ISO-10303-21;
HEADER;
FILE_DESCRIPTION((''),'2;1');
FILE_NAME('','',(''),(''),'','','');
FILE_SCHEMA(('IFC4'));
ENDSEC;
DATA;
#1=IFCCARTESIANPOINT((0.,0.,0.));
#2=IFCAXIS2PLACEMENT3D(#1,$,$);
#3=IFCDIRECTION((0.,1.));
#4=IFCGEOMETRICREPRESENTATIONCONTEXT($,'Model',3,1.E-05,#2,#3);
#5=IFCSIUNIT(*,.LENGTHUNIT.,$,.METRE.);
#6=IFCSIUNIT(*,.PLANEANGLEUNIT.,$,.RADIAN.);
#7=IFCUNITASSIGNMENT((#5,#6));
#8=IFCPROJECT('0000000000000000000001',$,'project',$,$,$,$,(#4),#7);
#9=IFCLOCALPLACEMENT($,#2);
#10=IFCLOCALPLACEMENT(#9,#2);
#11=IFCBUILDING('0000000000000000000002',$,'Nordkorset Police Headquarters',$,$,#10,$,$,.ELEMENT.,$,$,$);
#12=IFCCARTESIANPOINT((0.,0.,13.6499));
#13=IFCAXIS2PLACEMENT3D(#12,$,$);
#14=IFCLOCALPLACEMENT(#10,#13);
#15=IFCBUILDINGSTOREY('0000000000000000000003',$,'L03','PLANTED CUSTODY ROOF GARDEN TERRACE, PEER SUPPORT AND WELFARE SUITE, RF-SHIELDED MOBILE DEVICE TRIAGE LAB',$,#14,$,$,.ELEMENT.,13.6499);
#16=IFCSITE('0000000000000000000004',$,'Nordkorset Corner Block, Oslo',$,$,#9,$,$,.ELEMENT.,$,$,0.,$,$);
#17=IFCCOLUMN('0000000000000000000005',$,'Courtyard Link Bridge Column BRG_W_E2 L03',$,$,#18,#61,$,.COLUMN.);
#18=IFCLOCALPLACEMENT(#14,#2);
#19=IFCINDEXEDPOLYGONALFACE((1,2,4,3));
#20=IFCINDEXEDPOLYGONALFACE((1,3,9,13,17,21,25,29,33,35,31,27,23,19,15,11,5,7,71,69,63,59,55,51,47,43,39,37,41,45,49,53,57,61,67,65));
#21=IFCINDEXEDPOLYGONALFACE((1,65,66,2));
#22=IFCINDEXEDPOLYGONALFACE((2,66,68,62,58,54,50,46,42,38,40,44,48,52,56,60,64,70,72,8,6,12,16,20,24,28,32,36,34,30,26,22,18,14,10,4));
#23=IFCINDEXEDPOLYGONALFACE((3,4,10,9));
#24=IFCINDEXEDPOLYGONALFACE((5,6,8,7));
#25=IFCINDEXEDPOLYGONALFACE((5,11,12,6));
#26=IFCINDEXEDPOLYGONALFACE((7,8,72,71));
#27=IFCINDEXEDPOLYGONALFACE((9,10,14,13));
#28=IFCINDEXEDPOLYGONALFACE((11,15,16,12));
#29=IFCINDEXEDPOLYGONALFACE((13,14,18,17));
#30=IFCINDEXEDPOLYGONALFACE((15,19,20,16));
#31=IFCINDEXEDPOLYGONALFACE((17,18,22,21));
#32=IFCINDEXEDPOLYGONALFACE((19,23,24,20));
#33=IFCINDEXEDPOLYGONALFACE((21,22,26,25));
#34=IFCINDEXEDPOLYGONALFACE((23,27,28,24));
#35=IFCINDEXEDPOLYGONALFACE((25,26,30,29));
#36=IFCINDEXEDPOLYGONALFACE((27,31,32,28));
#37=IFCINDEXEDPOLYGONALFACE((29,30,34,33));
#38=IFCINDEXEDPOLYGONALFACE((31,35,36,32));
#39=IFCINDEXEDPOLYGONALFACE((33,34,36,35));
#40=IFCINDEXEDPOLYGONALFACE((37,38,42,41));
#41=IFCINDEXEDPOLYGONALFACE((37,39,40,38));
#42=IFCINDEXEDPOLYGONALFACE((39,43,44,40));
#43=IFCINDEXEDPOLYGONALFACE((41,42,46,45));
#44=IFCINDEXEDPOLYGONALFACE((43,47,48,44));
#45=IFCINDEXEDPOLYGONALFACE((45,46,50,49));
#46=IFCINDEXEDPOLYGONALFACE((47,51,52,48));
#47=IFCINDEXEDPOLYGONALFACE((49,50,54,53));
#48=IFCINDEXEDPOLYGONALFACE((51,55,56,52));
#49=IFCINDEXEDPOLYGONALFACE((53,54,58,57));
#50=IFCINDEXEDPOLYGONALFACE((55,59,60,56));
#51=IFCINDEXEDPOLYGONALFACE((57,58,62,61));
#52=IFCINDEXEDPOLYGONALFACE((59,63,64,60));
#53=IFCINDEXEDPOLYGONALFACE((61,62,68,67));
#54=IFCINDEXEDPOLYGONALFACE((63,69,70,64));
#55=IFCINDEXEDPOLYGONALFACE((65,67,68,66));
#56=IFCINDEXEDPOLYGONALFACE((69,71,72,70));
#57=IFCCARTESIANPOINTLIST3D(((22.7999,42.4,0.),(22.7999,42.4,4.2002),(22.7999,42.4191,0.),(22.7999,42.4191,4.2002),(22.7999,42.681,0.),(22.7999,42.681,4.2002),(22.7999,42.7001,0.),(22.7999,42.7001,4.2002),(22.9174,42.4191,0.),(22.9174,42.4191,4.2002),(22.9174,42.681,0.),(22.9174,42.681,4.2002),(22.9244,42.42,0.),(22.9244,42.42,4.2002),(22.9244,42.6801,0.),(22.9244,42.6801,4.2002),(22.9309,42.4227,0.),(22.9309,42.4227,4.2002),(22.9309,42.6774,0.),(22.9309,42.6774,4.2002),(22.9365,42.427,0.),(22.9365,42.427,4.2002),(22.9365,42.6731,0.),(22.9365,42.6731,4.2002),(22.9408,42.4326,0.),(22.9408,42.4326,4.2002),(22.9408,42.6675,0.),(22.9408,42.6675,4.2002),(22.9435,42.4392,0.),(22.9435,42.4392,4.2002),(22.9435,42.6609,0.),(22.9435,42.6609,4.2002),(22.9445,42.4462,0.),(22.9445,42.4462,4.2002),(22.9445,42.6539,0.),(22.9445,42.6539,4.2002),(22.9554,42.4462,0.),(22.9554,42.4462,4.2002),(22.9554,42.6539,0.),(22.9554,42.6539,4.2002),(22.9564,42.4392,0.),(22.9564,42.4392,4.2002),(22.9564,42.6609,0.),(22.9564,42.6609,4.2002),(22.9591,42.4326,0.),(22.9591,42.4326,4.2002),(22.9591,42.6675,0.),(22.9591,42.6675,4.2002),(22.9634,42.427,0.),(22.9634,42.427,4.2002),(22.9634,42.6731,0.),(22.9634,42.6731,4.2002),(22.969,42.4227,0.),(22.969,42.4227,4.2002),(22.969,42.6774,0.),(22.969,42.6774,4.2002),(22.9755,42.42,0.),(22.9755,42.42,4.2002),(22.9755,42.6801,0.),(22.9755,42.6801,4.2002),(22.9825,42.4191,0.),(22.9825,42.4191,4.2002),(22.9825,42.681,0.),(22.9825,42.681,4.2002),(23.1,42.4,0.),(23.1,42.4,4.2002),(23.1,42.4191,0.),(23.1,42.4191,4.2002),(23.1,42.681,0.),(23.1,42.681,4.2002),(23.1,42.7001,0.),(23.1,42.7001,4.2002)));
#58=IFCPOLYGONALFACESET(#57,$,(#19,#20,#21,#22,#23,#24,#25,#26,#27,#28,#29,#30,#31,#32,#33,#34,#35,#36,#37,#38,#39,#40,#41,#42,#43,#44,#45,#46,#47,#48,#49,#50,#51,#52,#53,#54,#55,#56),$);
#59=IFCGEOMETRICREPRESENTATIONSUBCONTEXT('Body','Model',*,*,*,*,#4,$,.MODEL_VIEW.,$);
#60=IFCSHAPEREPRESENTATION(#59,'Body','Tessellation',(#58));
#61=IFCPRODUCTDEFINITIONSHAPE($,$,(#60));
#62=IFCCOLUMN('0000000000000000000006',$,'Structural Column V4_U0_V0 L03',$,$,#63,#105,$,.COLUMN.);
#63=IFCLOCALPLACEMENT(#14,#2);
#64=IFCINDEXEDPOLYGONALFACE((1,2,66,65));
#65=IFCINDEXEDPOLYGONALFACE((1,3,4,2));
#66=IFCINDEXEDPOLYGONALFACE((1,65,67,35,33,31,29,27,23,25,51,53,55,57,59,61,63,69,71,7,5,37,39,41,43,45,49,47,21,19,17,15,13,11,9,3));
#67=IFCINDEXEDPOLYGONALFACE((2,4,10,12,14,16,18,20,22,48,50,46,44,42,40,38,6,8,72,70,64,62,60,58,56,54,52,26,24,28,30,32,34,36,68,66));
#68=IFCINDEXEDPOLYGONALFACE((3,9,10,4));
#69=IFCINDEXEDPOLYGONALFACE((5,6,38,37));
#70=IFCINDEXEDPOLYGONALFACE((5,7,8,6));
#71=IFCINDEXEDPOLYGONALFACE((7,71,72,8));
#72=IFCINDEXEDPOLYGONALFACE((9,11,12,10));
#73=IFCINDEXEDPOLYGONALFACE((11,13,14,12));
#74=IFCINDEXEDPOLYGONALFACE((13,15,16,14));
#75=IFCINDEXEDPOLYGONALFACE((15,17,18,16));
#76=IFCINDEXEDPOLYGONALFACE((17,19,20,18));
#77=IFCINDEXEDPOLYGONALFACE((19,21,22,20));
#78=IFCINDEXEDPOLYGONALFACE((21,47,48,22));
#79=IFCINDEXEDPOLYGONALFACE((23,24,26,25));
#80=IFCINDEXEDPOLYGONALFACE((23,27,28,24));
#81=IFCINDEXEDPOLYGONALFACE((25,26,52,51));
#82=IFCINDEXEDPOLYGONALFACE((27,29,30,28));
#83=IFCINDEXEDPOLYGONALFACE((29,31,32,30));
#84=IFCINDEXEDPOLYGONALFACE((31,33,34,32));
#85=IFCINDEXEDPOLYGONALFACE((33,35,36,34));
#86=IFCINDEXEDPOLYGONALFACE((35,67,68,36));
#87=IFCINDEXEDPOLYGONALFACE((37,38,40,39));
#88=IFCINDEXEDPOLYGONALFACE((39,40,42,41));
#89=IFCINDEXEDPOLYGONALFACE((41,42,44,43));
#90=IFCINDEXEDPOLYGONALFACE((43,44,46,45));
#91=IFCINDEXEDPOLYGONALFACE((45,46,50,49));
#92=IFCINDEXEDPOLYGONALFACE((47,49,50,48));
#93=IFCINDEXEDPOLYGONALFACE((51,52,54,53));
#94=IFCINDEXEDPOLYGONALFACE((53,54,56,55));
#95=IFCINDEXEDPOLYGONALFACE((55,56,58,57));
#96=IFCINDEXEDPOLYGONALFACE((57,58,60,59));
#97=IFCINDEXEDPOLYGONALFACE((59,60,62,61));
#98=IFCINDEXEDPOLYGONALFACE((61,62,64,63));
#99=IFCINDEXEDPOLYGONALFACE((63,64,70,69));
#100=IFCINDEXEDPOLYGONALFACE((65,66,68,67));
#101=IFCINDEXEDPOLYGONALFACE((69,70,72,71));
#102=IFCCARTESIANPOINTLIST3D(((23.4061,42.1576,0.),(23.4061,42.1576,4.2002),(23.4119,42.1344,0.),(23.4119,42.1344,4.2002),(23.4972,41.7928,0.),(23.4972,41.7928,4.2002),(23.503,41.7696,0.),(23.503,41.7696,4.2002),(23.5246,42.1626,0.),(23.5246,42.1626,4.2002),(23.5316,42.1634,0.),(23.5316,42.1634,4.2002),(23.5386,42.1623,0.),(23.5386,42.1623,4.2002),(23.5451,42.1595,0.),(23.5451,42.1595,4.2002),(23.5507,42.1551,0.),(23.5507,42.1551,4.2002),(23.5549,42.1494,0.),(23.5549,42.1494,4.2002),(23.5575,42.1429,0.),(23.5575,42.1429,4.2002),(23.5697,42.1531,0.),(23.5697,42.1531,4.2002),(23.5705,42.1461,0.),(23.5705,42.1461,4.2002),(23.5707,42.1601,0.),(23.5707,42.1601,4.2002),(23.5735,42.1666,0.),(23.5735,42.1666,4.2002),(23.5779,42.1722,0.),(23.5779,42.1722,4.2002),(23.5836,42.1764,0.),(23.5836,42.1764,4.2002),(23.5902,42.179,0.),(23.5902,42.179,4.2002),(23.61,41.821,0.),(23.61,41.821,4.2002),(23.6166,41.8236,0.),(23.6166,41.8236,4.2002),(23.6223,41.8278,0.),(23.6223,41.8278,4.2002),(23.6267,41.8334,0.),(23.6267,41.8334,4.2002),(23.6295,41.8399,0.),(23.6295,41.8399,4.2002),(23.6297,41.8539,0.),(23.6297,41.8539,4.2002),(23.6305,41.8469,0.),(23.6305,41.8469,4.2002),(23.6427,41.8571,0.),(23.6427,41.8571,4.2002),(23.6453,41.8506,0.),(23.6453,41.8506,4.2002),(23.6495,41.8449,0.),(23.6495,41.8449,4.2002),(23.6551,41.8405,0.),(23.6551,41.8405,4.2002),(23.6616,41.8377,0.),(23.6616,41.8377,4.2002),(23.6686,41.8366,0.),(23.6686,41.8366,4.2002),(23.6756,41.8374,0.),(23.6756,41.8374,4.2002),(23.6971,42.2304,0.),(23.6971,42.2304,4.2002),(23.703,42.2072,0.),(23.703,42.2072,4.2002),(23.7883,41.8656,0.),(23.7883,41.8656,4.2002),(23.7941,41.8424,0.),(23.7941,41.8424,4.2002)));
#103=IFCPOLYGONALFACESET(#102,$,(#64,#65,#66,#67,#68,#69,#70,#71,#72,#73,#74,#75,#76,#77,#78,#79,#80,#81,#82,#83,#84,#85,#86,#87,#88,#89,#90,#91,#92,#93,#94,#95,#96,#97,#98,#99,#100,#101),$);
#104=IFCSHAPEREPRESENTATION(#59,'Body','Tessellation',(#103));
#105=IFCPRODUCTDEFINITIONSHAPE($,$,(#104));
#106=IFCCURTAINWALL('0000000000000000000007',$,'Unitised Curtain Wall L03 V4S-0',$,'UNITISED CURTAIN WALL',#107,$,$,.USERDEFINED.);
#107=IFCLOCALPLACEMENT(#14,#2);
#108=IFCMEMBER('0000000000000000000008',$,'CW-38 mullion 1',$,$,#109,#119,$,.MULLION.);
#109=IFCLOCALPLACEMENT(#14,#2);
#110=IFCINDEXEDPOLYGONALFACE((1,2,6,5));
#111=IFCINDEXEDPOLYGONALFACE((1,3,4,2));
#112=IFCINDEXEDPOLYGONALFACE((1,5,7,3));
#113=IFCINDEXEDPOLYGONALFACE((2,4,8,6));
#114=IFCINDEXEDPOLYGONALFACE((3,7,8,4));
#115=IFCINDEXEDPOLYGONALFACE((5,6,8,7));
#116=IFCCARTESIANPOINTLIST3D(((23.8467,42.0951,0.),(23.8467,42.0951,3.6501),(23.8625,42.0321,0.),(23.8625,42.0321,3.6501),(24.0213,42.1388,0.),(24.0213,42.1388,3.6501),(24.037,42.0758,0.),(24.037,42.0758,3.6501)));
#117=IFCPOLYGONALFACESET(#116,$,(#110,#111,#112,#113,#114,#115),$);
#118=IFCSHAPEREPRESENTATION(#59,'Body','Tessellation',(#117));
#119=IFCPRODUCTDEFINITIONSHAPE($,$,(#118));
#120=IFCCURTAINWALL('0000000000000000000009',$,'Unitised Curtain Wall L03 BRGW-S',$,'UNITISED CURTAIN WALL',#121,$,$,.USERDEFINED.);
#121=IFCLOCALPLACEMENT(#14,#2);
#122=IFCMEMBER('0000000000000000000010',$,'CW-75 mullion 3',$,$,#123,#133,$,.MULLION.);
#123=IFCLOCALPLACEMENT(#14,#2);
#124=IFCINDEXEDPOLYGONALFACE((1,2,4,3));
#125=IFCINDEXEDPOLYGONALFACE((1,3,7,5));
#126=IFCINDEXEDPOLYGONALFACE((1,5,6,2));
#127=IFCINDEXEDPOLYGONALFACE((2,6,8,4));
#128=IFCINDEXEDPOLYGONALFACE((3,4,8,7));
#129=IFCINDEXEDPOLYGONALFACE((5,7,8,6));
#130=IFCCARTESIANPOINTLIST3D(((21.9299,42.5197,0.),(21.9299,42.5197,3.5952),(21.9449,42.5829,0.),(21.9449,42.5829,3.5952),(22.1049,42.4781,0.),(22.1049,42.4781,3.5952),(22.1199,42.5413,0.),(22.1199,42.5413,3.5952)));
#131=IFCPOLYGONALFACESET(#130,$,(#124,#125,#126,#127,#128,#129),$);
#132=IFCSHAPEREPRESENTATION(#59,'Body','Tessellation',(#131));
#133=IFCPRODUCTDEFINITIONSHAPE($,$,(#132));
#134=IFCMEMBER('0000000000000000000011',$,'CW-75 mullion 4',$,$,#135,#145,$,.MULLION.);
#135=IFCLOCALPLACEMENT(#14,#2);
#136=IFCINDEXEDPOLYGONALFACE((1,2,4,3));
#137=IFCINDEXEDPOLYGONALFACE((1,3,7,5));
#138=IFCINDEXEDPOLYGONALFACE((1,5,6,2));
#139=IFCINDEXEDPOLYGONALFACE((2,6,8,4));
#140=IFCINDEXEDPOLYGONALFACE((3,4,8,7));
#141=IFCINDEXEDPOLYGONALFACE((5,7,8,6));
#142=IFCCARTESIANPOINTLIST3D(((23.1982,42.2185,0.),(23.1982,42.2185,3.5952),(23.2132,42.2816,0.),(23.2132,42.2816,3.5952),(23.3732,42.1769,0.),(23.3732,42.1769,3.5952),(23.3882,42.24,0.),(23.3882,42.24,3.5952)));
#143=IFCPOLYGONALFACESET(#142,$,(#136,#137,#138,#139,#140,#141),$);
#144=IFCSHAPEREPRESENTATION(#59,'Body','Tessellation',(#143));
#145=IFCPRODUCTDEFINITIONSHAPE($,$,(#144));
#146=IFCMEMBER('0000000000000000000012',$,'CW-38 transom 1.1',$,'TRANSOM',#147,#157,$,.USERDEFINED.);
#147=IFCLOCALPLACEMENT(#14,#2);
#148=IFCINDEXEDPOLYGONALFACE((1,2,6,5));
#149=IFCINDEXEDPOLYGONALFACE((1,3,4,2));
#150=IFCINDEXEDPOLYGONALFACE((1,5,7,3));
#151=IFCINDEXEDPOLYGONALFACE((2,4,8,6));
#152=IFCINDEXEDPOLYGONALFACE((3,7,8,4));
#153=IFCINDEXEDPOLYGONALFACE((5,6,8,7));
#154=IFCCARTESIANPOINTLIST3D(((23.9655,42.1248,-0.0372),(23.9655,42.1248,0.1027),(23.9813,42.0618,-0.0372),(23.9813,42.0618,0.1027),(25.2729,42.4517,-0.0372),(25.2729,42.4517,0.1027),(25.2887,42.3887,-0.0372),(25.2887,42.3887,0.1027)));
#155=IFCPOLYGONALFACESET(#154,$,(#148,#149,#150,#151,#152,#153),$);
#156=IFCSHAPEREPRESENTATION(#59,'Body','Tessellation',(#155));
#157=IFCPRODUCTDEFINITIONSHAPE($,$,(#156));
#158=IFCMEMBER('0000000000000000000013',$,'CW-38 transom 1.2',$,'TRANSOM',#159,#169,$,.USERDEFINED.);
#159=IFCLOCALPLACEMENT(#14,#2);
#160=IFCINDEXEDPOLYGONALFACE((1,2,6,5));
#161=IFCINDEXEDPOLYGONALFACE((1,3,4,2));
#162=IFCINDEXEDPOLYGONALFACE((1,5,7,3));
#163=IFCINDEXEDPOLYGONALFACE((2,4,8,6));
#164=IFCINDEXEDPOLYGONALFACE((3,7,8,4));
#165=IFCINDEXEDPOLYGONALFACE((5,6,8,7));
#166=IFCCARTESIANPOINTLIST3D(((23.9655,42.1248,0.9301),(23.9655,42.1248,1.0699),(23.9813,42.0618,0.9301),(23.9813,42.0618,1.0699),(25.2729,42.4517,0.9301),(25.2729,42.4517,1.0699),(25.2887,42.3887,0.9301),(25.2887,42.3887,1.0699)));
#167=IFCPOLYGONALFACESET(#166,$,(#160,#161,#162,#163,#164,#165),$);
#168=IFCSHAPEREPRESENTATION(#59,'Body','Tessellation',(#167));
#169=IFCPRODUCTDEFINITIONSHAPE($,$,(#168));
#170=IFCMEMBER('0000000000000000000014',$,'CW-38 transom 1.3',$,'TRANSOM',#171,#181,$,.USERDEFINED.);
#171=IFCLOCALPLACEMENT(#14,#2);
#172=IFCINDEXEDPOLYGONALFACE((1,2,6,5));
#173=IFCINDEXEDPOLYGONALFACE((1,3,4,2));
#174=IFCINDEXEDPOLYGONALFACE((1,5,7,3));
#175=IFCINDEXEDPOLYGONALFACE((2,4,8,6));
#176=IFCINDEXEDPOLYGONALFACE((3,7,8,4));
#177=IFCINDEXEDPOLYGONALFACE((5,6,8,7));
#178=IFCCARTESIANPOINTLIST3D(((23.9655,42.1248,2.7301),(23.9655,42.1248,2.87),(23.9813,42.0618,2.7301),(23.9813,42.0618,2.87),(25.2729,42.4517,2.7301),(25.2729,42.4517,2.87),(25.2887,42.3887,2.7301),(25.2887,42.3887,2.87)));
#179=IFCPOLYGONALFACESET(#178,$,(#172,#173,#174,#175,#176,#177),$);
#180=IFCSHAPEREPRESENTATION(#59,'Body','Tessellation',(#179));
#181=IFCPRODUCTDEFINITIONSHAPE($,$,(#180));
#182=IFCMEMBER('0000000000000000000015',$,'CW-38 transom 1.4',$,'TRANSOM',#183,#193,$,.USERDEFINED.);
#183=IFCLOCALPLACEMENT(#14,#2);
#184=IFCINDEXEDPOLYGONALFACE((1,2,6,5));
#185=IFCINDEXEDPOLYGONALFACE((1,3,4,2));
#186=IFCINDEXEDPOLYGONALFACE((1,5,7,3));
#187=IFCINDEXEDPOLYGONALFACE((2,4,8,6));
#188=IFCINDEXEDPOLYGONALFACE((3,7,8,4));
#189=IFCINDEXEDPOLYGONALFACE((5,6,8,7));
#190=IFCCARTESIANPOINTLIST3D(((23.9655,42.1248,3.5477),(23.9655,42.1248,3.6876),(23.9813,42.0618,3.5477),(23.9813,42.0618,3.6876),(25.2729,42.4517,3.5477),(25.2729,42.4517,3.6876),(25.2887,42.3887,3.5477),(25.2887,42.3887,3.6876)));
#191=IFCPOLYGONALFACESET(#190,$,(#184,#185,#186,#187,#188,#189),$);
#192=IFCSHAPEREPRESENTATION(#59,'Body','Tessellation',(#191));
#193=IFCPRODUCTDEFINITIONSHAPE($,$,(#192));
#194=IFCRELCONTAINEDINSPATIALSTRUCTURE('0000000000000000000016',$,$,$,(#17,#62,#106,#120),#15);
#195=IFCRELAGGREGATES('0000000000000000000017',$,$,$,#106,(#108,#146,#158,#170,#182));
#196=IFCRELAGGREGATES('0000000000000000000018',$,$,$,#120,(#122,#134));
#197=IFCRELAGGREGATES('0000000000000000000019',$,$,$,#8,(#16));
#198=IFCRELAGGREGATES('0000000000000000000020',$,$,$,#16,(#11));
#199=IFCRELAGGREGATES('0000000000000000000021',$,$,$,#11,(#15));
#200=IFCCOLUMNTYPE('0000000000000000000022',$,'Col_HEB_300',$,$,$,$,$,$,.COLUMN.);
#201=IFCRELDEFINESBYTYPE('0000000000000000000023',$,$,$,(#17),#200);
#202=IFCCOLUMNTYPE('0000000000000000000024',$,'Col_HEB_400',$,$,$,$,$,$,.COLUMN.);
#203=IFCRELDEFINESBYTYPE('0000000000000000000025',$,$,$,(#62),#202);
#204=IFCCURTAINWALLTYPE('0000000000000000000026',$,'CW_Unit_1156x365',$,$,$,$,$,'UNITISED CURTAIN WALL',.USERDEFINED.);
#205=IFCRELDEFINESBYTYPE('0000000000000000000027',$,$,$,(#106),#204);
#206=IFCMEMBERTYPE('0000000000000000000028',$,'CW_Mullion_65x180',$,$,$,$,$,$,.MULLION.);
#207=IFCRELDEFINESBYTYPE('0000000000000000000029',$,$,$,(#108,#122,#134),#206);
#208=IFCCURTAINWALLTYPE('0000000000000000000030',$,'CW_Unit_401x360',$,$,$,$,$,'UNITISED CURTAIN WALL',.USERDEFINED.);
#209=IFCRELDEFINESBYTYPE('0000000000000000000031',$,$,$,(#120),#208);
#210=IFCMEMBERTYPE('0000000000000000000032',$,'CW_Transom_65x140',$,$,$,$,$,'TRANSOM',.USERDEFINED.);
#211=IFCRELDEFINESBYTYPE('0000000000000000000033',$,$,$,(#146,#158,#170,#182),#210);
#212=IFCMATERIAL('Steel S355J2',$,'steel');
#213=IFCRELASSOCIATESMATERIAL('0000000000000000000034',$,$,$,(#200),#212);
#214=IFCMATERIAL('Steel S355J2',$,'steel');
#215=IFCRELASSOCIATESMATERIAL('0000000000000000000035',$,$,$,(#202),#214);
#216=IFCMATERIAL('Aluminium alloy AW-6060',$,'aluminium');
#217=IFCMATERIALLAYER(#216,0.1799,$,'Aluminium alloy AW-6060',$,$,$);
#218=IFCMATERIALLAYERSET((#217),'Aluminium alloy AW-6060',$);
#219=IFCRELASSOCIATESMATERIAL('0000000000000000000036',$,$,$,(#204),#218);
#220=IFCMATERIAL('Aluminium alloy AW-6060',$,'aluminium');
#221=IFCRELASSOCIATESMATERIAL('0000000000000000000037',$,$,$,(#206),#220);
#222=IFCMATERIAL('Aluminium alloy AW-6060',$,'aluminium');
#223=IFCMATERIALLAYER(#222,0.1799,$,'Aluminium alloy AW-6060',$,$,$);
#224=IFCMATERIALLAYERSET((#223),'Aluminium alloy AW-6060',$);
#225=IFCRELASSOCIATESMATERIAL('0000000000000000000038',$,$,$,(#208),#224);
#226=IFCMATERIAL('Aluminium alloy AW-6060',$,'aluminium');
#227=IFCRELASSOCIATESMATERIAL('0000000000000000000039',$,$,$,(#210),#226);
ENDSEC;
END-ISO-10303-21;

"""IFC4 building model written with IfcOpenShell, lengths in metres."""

from ifc_helpers import new_model, si_unit, direction, frame, origin, origin_2d, place, context, subcontext, project, spatial, rectangle, i_section, extrude, material, layer, layer_set, material_profile, profile_set, type_object, element, aggregate, save


model = new_model("IFC4")

# Units and contexts
model_context = context("Model", 3, precision=1e-05, world=origin(), true_north=direction((0.0, 1.0)))
body_context = subcontext(model_context, "Body", "Model", "MODEL_VIEW")
ifc_project = project(units=[si_unit("LENGTHUNIT", "METRE"), si_unit("PLANEANGLEUNIT", "RADIAN")], contexts=[model_context])

# Site, building, storey
site_placement = place(None, origin())
site = spatial("IfcSite", under=ifc_project, at=site_placement, Name="Nordkorset Corner Block, Oslo", CompositionType="ELEMENT", RefElevation=0.0)
building_placement = place(site_placement, origin())
building = spatial("IfcBuilding", under=site, at=building_placement, Name="Nordkorset Police Headquarters", CompositionType="ELEMENT")
storey_placement = place(building_placement, frame((0.0, 0.0, 13.6499)))
storey = spatial("IfcBuildingStorey", under=building, at=storey_placement, Name="L03", Description="PLANTED CUSTODY ROOF GARDEN TERRACE, PEER SUPPORT AND WELFARE SUITE, RF-SHIELDED MOBILE DEVICE TRIAGE LAB", CompositionType="ELEMENT", Elevation=13.6499)

# Columns
ifc_material_1 = material(Name="Steel S355J2", Category="steel")
ifc_material_profile_1 = material_profile(ifc_material_1, i_section(OverallWidth=0.3, OverallDepth=0.3, WebThickness=0.011, FlangeThickness=0.019, FilletRadius=0.0271, at=origin_2d()), Name="HEB 300")
ifc_profile_set_1 = profile_set([ifc_material_profile_1], Name="Steel S355J2")
column_type_1 = type_object("IfcColumnType", Name="Col_HEB_300", PredefinedType="COLUMN", material=ifc_profile_set_1)
column_1_placement = place(storey_placement, frame((22.95, 42.55, 0.0), z_axis=(0.0, 0.0, 1.0), x_axis=(1.0, 0.0, 0.0)))
element("IfcColumn", 1, at=column_1_placement, inside=storey, type_object=column_type_1, Name="Courtyard Link Bridge Column BRG_W_E2 L03", PredefinedType="COLUMN", context=body_context, shape_type="SweptSolid", body=[
    extrude(i_section(OverallWidth=0.3, OverallDepth=0.3, WebThickness=0.011, FlangeThickness=0.019, FilletRadius=0.0271, at=origin_2d()), origin(), (0.0, 0.0, 1.0), 4.2002),
])
ifc_material_2 = material(Name="Steel S355J2", Category="steel")
ifc_material_profile_2 = material_profile(ifc_material_2, i_section(OverallWidth=0.3, OverallDepth=0.3999, WebThickness=0.0134, FlangeThickness=0.0239, FilletRadius=0.0271, at=origin_2d()), Name="HEB 400")
ifc_profile_set_2 = profile_set([ifc_material_profile_2], Name="Steel S355J2")
column_type_2 = type_object("IfcColumnType", Name="Col_HEB_400", PredefinedType="COLUMN", material=ifc_profile_set_2)
column_2_placement = place(storey_placement, frame((23.6001, 42.0, 0.0), z_axis=(0.0, 0.0, 1.0), x_axis=(0.970143, 0.242536, 0.0)))
element("IfcColumn", 2, at=column_2_placement, inside=storey, type_object=column_type_2, Name="Structural Column V4_U0_V0 L03", PredefinedType="COLUMN", context=body_context, shape_type="SweptSolid", body=[
    extrude(i_section(OverallWidth=0.3, OverallDepth=0.3999, WebThickness=0.0134, FlangeThickness=0.0239, FilletRadius=0.0271, at=origin_2d()), origin(), (0.0, 0.0, 1.0), 4.2002),
])

# Curtain wall, member
ifc_material_3 = material(Name="Aluminium alloy AW-6060", Category="aluminium")
ifc_layer_1 = layer(ifc_material_3, 0.1799, Name="Aluminium alloy AW-6060")
ifc_layer_set_1 = layer_set([ifc_layer_1], Name="Aluminium alloy AW-6060")
curtain_wall_type_1 = type_object("IfcCurtainWallType", Name="CW_Unit_1156x365", ElementType="UNITISED CURTAIN WALL", PredefinedType="USERDEFINED", material=ifc_layer_set_1)
curtain_wall_1_placement = place(storey_placement, origin())
curtain_wall_1 = element("IfcCurtainWall", 3, at=curtain_wall_1_placement, inside=storey, type_object=curtain_wall_type_1, Name="Unitised Curtain Wall L03 V4S-0", ObjectType="UNITISED CURTAIN WALL", PredefinedType="USERDEFINED")
ifc_material_4 = material(Name="Aluminium alloy AW-6060", Category="aluminium")
ifc_material_profile_3 = material_profile(ifc_material_4, rectangle(XDim=0.0649, YDim=0.1799, at=origin_2d()), Name="ALU MULL 65x180")
ifc_profile_set_3 = profile_set([ifc_material_profile_3], Name="Aluminium alloy AW-6060")
member_type_1 = type_object("IfcMemberType", Name="CW_Mullion_65x180", PredefinedType="MULLION", material=ifc_profile_set_3)
member_1_placement = place(storey_placement, frame((23.9419, 42.0854, 0.0), z_axis=(0.0, 0.0, 1.0), x_axis=(-0.242536, 0.970143, 0.0)))
member_1 = element("IfcMember", 4, at=member_1_placement, type_object=member_type_1, Name="CW-38 mullion 1", PredefinedType="MULLION", context=body_context, shape_type="SweptSolid", body=[
    extrude(rectangle(XDim=0.0649, YDim=0.1799, at=origin_2d()), origin(), (0.0, 0.0, 1.0), 3.6501),
])

# Curtain wall, members
ifc_material_5 = material(Name="Aluminium alloy AW-6060", Category="aluminium")
ifc_layer_2 = layer(ifc_material_5, 0.1799, Name="Aluminium alloy AW-6060")
ifc_layer_set_2 = layer_set([ifc_layer_2], Name="Aluminium alloy AW-6060")
curtain_wall_type_2 = type_object("IfcCurtainWallType", Name="CW_Unit_401x360", ElementType="UNITISED CURTAIN WALL", PredefinedType="USERDEFINED", material=ifc_layer_set_2)
curtain_wall_2_placement = place(storey_placement, origin())
curtain_wall_2 = element("IfcCurtainWall", 5, at=curtain_wall_2_placement, inside=storey, type_object=curtain_wall_type_2, Name="Unitised Curtain Wall L03 BRGW-S", ObjectType="UNITISED CURTAIN WALL", PredefinedType="USERDEFINED")
member_2_placement = place(storey_placement, frame((22.0249, 42.5305, 0.0), z_axis=(0.0, 0.0, 1.0), x_axis=(0.231206, 0.972905, 0.0)))
member_2 = element("IfcMember", 6, at=member_2_placement, type_object=member_type_1, Name="CW-75 mullion 3", PredefinedType="MULLION", context=body_context, shape_type="SweptSolid", body=[
    extrude(rectangle(XDim=0.0649, YDim=0.1799, at=origin_2d()), origin(), (0.0, 0.0, 1.0), 3.5952),
])
member_3_placement = place(storey_placement, frame((23.2932, 42.2292, 0.0), z_axis=(0.0, 0.0, 1.0), x_axis=(0.231206, 0.972905, 0.0)))
member_3 = element("IfcMember", 7, at=member_3_placement, type_object=member_type_1, Name="CW-75 mullion 4", PredefinedType="MULLION", context=body_context, shape_type="SweptSolid", body=[
    extrude(rectangle(XDim=0.0649, YDim=0.1799, at=origin_2d()), origin(), (0.0, 0.0, 1.0), 3.5952),
])

# Members
ifc_material_6 = material(Name="Aluminium alloy AW-6060", Category="aluminium")
ifc_material_profile_4 = material_profile(ifc_material_6, rectangle(XDim=0.0649, YDim=0.1399, at=origin_2d()), Name="ALU TRAN 65x140")
ifc_profile_set_4 = profile_set([ifc_material_profile_4], Name="Aluminium alloy AW-6060")
member_type_2 = type_object("IfcMemberType", Name="CW_Transom_65x140", ElementType="TRANSOM", PredefinedType="USERDEFINED", material=ifc_profile_set_4)
member_4_placement = place(storey_placement, frame((23.9734, 42.0933, 0.0327), z_axis=(0.970132, 0.242578, 0.0), x_axis=(-0.242578, 0.970132, 0.0)))
member_4 = element("IfcMember", 8, at=member_4_placement, type_object=member_type_2, Name="CW-38 transom 1.1", ObjectType="TRANSOM", PredefinedType="USERDEFINED", context=body_context, shape_type="SweptSolid", body=[
    extrude(rectangle(XDim=0.0649, YDim=0.1399, at=origin_2d()), origin(), (0.0, 0.0, 1.0), 1.3477),
])
member_5_placement = place(storey_placement, frame((23.9734, 42.0933, 1.0), z_axis=(0.970132, 0.242578, 0.0), x_axis=(-0.242578, 0.970132, 0.0)))
member_5 = element("IfcMember", 9, at=member_5_placement, type_object=member_type_2, Name="CW-38 transom 1.2", ObjectType="TRANSOM", PredefinedType="USERDEFINED", context=body_context, shape_type="SweptSolid", body=[
    extrude(rectangle(XDim=0.0649, YDim=0.1399, at=origin_2d()), origin(), (0.0, 0.0, 1.0), 1.3477),
])
member_6_placement = place(storey_placement, frame((23.9734, 42.0933, 2.8), z_axis=(0.970132, 0.242578, 0.0), x_axis=(-0.242578, 0.970132, 0.0)))
member_6 = element("IfcMember", 10, at=member_6_placement, type_object=member_type_2, Name="CW-38 transom 1.3", ObjectType="TRANSOM", PredefinedType="USERDEFINED", context=body_context, shape_type="SweptSolid", body=[
    extrude(rectangle(XDim=0.0649, YDim=0.1399, at=origin_2d()), origin(), (0.0, 0.0, 1.0), 1.3477),
])
member_7_placement = place(storey_placement, frame((23.9734, 42.0933, 3.6177), z_axis=(0.970132, 0.242578, 0.0), x_axis=(-0.242578, 0.970132, 0.0)))
member_7 = element("IfcMember", 11, at=member_7_placement, type_object=member_type_2, Name="CW-38 transom 1.4", ObjectType="TRANSOM", PredefinedType="USERDEFINED", context=body_context, shape_type="SweptSolid", body=[
    extrude(rectangle(XDim=0.0649, YDim=0.1399, at=origin_2d()), origin(), (0.0, 0.0, 1.0), 1.3477),
])

aggregate(curtain_wall_1, [member_1, member_4, member_5, member_6, member_7])
aggregate(curtain_wall_2, [member_2, member_3])

save(model, "model.ifc")
